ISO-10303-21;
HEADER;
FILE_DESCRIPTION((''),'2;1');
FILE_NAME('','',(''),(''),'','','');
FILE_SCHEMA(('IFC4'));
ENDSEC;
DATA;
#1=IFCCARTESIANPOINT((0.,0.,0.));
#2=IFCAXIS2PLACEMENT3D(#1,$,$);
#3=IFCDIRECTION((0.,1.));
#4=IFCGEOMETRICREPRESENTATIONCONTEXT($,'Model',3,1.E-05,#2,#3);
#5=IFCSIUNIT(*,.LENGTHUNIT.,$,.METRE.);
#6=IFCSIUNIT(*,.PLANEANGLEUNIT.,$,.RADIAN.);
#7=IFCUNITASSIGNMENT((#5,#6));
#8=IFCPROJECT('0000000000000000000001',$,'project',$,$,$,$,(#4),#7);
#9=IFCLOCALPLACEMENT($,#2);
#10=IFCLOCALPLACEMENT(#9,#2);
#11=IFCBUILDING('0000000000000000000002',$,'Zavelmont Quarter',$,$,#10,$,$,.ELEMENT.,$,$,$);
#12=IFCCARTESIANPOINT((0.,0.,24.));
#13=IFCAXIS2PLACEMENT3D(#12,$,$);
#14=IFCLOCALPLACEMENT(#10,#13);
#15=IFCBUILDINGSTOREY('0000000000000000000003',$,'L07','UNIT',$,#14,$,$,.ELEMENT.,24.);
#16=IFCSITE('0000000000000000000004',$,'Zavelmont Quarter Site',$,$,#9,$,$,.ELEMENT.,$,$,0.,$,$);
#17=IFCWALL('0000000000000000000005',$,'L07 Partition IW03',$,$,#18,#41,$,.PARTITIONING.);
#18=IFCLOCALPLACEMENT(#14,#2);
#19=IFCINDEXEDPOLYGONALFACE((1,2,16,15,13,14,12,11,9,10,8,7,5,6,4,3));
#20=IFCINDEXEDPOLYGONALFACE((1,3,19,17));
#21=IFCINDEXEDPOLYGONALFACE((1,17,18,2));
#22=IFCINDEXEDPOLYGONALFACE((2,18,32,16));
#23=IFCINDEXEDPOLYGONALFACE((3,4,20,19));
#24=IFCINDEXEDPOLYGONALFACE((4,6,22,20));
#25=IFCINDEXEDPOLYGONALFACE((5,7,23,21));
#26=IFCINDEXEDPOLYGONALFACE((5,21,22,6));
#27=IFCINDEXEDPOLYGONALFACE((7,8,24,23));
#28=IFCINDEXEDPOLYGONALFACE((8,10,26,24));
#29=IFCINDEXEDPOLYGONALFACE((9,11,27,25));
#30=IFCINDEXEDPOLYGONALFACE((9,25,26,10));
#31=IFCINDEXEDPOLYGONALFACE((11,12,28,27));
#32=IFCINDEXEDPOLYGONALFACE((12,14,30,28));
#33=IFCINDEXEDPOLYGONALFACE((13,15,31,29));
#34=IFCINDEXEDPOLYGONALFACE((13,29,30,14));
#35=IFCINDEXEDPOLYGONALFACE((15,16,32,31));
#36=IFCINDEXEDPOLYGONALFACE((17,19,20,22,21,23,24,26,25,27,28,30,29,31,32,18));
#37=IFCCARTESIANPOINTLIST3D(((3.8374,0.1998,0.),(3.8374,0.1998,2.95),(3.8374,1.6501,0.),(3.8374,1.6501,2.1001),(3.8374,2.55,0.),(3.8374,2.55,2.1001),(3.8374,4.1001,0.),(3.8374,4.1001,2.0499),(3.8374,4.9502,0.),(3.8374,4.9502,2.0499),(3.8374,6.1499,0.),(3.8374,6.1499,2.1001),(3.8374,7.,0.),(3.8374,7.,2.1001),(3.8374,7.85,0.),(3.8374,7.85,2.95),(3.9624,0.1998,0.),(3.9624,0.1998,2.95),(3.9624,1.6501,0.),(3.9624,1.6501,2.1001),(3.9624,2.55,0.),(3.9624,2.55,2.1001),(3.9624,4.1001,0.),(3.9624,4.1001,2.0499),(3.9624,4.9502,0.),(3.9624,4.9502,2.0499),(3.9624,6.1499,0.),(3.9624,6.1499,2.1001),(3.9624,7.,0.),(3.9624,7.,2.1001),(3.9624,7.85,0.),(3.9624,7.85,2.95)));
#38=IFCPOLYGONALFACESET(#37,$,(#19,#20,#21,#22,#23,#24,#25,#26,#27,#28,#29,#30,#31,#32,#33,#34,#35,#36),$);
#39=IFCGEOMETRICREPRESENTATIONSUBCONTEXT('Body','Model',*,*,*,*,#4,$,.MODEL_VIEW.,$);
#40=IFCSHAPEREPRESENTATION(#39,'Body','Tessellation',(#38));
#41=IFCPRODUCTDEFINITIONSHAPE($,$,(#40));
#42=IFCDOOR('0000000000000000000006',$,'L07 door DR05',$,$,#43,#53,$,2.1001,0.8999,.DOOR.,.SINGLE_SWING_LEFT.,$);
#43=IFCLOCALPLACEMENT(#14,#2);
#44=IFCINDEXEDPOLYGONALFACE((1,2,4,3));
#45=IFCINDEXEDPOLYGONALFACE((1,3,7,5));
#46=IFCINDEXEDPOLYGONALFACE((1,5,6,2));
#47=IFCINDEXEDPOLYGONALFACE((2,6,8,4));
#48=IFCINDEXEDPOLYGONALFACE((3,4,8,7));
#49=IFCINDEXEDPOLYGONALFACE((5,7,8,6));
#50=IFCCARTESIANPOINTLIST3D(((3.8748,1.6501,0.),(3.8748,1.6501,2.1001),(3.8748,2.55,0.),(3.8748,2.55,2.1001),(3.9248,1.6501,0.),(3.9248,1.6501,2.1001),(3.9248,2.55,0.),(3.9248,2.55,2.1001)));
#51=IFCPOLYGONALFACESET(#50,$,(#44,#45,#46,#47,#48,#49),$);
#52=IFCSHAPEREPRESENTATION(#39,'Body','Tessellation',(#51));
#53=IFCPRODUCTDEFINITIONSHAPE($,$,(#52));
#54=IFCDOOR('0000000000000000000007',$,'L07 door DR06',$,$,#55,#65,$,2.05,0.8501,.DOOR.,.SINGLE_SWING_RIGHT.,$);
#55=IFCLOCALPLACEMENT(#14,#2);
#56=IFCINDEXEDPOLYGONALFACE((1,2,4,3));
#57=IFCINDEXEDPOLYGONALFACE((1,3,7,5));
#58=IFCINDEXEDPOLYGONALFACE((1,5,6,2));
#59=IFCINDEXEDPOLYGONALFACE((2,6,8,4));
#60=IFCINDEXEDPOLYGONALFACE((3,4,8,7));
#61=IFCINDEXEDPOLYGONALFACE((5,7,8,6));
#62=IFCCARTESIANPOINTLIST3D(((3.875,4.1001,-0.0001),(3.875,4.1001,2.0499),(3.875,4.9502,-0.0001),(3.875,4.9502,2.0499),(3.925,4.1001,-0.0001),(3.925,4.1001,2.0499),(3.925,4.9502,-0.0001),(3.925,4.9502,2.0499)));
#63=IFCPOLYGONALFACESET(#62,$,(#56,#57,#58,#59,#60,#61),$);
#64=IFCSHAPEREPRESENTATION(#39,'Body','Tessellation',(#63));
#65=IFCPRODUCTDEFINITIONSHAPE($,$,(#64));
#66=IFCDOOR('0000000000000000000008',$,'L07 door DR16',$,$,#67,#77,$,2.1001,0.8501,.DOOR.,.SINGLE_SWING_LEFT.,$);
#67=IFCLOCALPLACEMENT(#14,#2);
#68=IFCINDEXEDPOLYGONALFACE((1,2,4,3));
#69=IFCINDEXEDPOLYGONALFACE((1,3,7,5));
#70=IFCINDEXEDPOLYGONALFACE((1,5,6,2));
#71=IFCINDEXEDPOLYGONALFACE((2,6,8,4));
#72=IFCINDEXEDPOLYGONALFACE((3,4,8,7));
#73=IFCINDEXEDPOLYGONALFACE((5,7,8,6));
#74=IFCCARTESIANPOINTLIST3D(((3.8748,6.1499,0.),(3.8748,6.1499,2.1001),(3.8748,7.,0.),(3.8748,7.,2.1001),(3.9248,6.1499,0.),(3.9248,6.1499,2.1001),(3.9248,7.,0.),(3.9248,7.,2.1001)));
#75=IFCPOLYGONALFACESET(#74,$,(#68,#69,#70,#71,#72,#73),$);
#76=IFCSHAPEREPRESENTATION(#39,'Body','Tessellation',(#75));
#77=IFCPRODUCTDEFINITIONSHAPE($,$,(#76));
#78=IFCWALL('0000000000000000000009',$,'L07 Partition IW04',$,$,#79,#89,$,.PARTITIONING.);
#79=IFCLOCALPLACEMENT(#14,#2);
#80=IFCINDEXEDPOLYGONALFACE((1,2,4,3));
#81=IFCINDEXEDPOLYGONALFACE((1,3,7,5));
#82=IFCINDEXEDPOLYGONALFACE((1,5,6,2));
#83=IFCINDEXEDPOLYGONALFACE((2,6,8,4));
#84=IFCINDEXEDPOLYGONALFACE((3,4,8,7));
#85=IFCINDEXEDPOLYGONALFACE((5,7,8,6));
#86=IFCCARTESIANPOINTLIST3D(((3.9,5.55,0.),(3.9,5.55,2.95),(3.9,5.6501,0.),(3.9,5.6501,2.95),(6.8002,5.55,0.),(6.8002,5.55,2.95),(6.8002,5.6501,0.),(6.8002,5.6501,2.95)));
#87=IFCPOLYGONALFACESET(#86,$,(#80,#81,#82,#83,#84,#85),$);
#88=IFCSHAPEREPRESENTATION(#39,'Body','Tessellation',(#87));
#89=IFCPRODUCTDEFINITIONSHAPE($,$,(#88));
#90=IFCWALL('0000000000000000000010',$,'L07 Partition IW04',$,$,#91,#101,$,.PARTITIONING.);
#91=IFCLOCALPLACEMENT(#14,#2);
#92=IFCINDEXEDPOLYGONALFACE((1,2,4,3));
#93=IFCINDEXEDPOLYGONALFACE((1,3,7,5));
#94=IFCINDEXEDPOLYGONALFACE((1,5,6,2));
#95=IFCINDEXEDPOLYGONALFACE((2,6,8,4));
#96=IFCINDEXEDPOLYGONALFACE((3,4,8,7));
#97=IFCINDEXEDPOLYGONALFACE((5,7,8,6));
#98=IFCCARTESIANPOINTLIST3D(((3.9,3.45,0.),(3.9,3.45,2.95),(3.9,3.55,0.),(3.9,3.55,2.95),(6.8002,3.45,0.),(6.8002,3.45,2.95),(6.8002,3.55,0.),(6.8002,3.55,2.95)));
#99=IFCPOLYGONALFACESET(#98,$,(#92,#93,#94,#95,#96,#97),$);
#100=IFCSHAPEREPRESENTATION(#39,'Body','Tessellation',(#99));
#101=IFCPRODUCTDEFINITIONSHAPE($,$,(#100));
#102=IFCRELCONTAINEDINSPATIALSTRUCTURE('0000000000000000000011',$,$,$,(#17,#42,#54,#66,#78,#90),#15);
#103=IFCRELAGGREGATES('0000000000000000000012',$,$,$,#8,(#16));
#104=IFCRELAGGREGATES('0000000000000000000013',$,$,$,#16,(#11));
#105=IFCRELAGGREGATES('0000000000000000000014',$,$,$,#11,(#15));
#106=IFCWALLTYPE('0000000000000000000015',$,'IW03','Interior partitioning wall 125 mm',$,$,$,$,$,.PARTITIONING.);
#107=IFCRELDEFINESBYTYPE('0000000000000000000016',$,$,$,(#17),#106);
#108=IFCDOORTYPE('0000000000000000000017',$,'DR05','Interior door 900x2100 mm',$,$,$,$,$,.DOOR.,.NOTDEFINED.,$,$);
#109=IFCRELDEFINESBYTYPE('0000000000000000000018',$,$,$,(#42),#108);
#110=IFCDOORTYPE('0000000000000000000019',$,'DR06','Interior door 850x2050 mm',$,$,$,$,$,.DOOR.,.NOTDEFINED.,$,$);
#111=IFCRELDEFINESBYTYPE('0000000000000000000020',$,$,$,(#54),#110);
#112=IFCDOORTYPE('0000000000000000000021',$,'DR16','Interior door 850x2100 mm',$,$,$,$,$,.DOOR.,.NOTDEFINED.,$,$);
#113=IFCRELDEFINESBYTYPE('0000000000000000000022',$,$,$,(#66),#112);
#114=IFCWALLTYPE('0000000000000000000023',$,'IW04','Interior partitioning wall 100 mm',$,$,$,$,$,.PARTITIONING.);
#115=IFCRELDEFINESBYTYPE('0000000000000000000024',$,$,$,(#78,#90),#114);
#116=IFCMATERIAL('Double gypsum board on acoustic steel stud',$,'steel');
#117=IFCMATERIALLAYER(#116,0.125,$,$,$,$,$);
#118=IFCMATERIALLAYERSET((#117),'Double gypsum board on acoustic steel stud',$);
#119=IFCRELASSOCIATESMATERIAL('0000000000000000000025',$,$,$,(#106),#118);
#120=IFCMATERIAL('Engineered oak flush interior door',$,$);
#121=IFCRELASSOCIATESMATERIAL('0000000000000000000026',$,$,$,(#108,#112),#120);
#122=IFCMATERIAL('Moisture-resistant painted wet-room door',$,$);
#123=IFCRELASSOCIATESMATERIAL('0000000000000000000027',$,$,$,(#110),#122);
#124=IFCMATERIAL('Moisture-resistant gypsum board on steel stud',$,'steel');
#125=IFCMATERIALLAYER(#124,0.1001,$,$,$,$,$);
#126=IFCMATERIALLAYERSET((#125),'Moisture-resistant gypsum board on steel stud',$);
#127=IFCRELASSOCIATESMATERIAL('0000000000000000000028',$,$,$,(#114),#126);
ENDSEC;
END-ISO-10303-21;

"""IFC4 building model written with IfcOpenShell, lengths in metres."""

from ifc_helpers import new_model, si_unit, direction, frame, frame_2d, origin, origin_with_axes, place, context, subcontext, project, spatial, rectangle, extrude, material, layer, layer_set, type_object, element, fill, save


model = new_model("IFC4")

# Units and contexts
model_context = context("Model", 3, precision=1e-05, world=origin(), true_north=direction((0.0, 1.0)))
body_context = subcontext(model_context, "Body", "Model", "MODEL_VIEW")
ifc_project = project(units=[si_unit("LENGTHUNIT", "METRE"), si_unit("PLANEANGLEUNIT", "RADIAN")], contexts=[model_context])

# Site, building, storey
site_placement = place(None, origin())
site = spatial("IfcSite", under=ifc_project, at=site_placement, Name="Zavelmont Quarter Site", CompositionType="ELEMENT", RefElevation=0.0)
building_placement = place(site_placement, origin())
building = spatial("IfcBuilding", under=site, at=building_placement, Name="Zavelmont Quarter", CompositionType="ELEMENT")
storey_placement = place(building_placement, frame((0.0, 0.0, 24.0)))
storey = spatial("IfcBuildingStorey", under=building, at=storey_placement, Name="L07", Description="UNIT", CompositionType="ELEMENT", Elevation=24.0)

# Wall, openings, doors
ifc_material_1 = material(Name="Double gypsum board on acoustic steel stud", Category="steel")
ifc_layer_1 = layer(ifc_material_1, 0.125)
ifc_layer_set_1 = layer_set([ifc_layer_1], Name="Double gypsum board on acoustic steel stud")
wall_type_1 = type_object("IfcWallType", Name="IW03", Description="Interior partitioning wall 125 mm", PredefinedType="PARTITIONING", material=ifc_layer_set_1)
wall_1_placement = place(storey_placement, frame((3.8999, 7.8501, 0.0), z_axis=(0.0, 0.0, 1.0), x_axis=(0.0, -1.0, 0.0)))
wall_1 = element("IfcWall", 1, at=wall_1_placement, inside=storey, type_object=wall_type_1, Name="L07 Partition IW03", PredefinedType="PARTITIONING", context=body_context, shape_type="SweptSolid", body=[
    extrude(rectangle(XDim=7.6501, YDim=0.125, at=frame_2d((3.8252, 0.0))), origin(), (0.0, 0.0, 1.0), 2.95),
])
opening_1_placement = place(wall_1_placement, frame((0.8501, 0.0, 0.0)))
opening_1 = element("IfcOpeningElement", 2, at=opening_1_placement, cuts=wall_1, PredefinedType="OPENING", context=body_context, shape_type="SweptSolid", body=[
    extrude(rectangle(XDim=0.8501, YDim=2.1001, at=frame_2d((0.425, 1.05))), frame((0.0, 0.0745, 0.0), z_axis=(0.0, -1.0, 0.0), x_axis=(1.0, 0.0, 0.0)), (0.0, 0.0, 1.0), 0.1489),
])
opening_2_placement = place(wall_1_placement, frame((2.8999, 0.0, 0.0)))
opening_2 = element("IfcOpeningElement", 3, at=opening_2_placement, cuts=wall_1, PredefinedType="OPENING", context=body_context, shape_type="SweptSolid", body=[
    extrude(rectangle(XDim=0.8501, YDim=2.05, at=frame_2d((0.425, 1.0249))), frame((0.0, 0.0745, 0.0), z_axis=(0.0, -1.0, 0.0), x_axis=(1.0, 0.0, 0.0)), (0.0, 0.0, 1.0), 0.1489),
])
opening_3_placement = place(wall_1_placement, frame((5.3, 0.0, 0.0)))
opening_3 = element("IfcOpeningElement", 4, at=opening_3_placement, cuts=wall_1, PredefinedType="OPENING", context=body_context, shape_type="SweptSolid", body=[
    extrude(rectangle(XDim=0.8999, YDim=2.1001, at=frame_2d((0.45, 1.05))), frame((0.0, 0.0745, 0.0), z_axis=(0.0, -1.0, 0.0), x_axis=(1.0, 0.0, 0.0)), (0.0, 0.0, 1.0), 0.1489),
])
ifc_material_2 = material(Name="Engineered oak flush interior door")
door_type_1 = type_object("IfcDoorType", Name="DR05", Description="Interior door 900x2100 mm", OperationType="NOTDEFINED", PredefinedType="DOOR", material=ifc_material_2)
door_1_placement = place(opening_3_placement, origin_with_axes())
door_1 = element("IfcDoor", 5, at=door_1_placement, inside=storey, type_object=door_type_1, Name="L07 door DR05", OperationType="SINGLE_SWING_LEFT", OverallHeight=2.1001, OverallWidth=0.8999, PredefinedType="DOOR", context=body_context, shape_type="SweptSolid", body=[
    extrude(rectangle(XDim=0.8999, YDim=2.1001, at=frame_2d((0.45, 1.05))), frame((0.0, 0.0249, 0.0), z_axis=(0.0, -1.0, 0.0), x_axis=(1.0, 0.0, 0.0)), (0.0, 0.0, 1.0), 0.05),
])
fill(opening_3, door_1)
ifc_material_3 = material(Name="Moisture-resistant painted wet-room door")
door_type_2 = type_object("IfcDoorType", Name="DR06", Description="Interior door 850x2050 mm", OperationType="NOTDEFINED", PredefinedType="DOOR", material=ifc_material_3)
door_2_placement = place(opening_2_placement, frame((0.8501, 0.0, 0.0), z_axis=(0.0, 0.0, 1.0), x_axis=(-1.0, 0.0, 0.0)))
door_2 = element("IfcDoor", 6, at=door_2_placement, inside=storey, type_object=door_type_2, Name="L07 door DR06", OperationType="SINGLE_SWING_RIGHT", OverallHeight=2.05, OverallWidth=0.8501, PredefinedType="DOOR", context=body_context, shape_type="SweptSolid", body=[
    extrude(rectangle(XDim=0.8501, YDim=2.05, at=frame_2d((0.425, 1.0249))), frame((0.0, 0.0249, 0.0), z_axis=(0.0, -1.0, 0.0), x_axis=(1.0, 0.0, 0.0)), (0.0, 0.0, 1.0), 0.05),
])
fill(opening_2, door_2)
door_type_3 = type_object("IfcDoorType", Name="DR16", Description="Interior door 850x2100 mm", OperationType="NOTDEFINED", PredefinedType="DOOR", material=ifc_material_2)
door_3_placement = place(opening_1_placement, origin_with_axes())
door_3 = element("IfcDoor", 7, at=door_3_placement, inside=storey, type_object=door_type_3, Name="L07 door DR16", OperationType="SINGLE_SWING_LEFT", OverallHeight=2.1001, OverallWidth=0.8501, PredefinedType="DOOR", context=body_context, shape_type="SweptSolid", body=[
    extrude(rectangle(XDim=0.8501, YDim=2.1001, at=frame_2d((0.425, 1.05))), frame((0.0, 0.0249, 0.0), z_axis=(0.0, -1.0, 0.0), x_axis=(1.0, 0.0, 0.0)), (0.0, 0.0, 1.0), 0.05),
])
fill(opening_1, door_3)

# Walls
ifc_material_4 = material(Name="Moisture-resistant gypsum board on steel stud", Category="steel")
ifc_layer_2 = layer(ifc_material_4, 0.1001)
ifc_layer_set_2 = layer_set([ifc_layer_2], Name="Moisture-resistant gypsum board on steel stud")
wall_type_2 = type_object("IfcWallType", Name="IW04", Description="Interior partitioning wall 100 mm", PredefinedType="PARTITIONING", material=ifc_layer_set_2)
for number, where, z_axis, x_axis, name in (
    (8, (3.8999, 5.6001, 0.0), (0.0, 0.0, 1.0), (1.0, 0.0, 0.0), "L07 Partition IW04"),
    (9, (3.8999, 3.5, 0.0), (0.0, 0.0, 1.0), (1.0, 0.0, 0.0), "L07 Partition IW04"),
):
    element("IfcWall", number, at=place(storey_placement, frame(where, z_axis=z_axis, x_axis=x_axis)), inside=storey, type_object=wall_type_2, Name=name, PredefinedType="PARTITIONING", context=body_context, shape_type="SweptSolid", body=[
        extrude(rectangle(XDim=2.9001, YDim=0.1001, at=frame_2d((1.4502, 0.0))), origin(), (0.0, 0.0, 1.0), 2.95),
    ])

save(model, "model.ifc")
